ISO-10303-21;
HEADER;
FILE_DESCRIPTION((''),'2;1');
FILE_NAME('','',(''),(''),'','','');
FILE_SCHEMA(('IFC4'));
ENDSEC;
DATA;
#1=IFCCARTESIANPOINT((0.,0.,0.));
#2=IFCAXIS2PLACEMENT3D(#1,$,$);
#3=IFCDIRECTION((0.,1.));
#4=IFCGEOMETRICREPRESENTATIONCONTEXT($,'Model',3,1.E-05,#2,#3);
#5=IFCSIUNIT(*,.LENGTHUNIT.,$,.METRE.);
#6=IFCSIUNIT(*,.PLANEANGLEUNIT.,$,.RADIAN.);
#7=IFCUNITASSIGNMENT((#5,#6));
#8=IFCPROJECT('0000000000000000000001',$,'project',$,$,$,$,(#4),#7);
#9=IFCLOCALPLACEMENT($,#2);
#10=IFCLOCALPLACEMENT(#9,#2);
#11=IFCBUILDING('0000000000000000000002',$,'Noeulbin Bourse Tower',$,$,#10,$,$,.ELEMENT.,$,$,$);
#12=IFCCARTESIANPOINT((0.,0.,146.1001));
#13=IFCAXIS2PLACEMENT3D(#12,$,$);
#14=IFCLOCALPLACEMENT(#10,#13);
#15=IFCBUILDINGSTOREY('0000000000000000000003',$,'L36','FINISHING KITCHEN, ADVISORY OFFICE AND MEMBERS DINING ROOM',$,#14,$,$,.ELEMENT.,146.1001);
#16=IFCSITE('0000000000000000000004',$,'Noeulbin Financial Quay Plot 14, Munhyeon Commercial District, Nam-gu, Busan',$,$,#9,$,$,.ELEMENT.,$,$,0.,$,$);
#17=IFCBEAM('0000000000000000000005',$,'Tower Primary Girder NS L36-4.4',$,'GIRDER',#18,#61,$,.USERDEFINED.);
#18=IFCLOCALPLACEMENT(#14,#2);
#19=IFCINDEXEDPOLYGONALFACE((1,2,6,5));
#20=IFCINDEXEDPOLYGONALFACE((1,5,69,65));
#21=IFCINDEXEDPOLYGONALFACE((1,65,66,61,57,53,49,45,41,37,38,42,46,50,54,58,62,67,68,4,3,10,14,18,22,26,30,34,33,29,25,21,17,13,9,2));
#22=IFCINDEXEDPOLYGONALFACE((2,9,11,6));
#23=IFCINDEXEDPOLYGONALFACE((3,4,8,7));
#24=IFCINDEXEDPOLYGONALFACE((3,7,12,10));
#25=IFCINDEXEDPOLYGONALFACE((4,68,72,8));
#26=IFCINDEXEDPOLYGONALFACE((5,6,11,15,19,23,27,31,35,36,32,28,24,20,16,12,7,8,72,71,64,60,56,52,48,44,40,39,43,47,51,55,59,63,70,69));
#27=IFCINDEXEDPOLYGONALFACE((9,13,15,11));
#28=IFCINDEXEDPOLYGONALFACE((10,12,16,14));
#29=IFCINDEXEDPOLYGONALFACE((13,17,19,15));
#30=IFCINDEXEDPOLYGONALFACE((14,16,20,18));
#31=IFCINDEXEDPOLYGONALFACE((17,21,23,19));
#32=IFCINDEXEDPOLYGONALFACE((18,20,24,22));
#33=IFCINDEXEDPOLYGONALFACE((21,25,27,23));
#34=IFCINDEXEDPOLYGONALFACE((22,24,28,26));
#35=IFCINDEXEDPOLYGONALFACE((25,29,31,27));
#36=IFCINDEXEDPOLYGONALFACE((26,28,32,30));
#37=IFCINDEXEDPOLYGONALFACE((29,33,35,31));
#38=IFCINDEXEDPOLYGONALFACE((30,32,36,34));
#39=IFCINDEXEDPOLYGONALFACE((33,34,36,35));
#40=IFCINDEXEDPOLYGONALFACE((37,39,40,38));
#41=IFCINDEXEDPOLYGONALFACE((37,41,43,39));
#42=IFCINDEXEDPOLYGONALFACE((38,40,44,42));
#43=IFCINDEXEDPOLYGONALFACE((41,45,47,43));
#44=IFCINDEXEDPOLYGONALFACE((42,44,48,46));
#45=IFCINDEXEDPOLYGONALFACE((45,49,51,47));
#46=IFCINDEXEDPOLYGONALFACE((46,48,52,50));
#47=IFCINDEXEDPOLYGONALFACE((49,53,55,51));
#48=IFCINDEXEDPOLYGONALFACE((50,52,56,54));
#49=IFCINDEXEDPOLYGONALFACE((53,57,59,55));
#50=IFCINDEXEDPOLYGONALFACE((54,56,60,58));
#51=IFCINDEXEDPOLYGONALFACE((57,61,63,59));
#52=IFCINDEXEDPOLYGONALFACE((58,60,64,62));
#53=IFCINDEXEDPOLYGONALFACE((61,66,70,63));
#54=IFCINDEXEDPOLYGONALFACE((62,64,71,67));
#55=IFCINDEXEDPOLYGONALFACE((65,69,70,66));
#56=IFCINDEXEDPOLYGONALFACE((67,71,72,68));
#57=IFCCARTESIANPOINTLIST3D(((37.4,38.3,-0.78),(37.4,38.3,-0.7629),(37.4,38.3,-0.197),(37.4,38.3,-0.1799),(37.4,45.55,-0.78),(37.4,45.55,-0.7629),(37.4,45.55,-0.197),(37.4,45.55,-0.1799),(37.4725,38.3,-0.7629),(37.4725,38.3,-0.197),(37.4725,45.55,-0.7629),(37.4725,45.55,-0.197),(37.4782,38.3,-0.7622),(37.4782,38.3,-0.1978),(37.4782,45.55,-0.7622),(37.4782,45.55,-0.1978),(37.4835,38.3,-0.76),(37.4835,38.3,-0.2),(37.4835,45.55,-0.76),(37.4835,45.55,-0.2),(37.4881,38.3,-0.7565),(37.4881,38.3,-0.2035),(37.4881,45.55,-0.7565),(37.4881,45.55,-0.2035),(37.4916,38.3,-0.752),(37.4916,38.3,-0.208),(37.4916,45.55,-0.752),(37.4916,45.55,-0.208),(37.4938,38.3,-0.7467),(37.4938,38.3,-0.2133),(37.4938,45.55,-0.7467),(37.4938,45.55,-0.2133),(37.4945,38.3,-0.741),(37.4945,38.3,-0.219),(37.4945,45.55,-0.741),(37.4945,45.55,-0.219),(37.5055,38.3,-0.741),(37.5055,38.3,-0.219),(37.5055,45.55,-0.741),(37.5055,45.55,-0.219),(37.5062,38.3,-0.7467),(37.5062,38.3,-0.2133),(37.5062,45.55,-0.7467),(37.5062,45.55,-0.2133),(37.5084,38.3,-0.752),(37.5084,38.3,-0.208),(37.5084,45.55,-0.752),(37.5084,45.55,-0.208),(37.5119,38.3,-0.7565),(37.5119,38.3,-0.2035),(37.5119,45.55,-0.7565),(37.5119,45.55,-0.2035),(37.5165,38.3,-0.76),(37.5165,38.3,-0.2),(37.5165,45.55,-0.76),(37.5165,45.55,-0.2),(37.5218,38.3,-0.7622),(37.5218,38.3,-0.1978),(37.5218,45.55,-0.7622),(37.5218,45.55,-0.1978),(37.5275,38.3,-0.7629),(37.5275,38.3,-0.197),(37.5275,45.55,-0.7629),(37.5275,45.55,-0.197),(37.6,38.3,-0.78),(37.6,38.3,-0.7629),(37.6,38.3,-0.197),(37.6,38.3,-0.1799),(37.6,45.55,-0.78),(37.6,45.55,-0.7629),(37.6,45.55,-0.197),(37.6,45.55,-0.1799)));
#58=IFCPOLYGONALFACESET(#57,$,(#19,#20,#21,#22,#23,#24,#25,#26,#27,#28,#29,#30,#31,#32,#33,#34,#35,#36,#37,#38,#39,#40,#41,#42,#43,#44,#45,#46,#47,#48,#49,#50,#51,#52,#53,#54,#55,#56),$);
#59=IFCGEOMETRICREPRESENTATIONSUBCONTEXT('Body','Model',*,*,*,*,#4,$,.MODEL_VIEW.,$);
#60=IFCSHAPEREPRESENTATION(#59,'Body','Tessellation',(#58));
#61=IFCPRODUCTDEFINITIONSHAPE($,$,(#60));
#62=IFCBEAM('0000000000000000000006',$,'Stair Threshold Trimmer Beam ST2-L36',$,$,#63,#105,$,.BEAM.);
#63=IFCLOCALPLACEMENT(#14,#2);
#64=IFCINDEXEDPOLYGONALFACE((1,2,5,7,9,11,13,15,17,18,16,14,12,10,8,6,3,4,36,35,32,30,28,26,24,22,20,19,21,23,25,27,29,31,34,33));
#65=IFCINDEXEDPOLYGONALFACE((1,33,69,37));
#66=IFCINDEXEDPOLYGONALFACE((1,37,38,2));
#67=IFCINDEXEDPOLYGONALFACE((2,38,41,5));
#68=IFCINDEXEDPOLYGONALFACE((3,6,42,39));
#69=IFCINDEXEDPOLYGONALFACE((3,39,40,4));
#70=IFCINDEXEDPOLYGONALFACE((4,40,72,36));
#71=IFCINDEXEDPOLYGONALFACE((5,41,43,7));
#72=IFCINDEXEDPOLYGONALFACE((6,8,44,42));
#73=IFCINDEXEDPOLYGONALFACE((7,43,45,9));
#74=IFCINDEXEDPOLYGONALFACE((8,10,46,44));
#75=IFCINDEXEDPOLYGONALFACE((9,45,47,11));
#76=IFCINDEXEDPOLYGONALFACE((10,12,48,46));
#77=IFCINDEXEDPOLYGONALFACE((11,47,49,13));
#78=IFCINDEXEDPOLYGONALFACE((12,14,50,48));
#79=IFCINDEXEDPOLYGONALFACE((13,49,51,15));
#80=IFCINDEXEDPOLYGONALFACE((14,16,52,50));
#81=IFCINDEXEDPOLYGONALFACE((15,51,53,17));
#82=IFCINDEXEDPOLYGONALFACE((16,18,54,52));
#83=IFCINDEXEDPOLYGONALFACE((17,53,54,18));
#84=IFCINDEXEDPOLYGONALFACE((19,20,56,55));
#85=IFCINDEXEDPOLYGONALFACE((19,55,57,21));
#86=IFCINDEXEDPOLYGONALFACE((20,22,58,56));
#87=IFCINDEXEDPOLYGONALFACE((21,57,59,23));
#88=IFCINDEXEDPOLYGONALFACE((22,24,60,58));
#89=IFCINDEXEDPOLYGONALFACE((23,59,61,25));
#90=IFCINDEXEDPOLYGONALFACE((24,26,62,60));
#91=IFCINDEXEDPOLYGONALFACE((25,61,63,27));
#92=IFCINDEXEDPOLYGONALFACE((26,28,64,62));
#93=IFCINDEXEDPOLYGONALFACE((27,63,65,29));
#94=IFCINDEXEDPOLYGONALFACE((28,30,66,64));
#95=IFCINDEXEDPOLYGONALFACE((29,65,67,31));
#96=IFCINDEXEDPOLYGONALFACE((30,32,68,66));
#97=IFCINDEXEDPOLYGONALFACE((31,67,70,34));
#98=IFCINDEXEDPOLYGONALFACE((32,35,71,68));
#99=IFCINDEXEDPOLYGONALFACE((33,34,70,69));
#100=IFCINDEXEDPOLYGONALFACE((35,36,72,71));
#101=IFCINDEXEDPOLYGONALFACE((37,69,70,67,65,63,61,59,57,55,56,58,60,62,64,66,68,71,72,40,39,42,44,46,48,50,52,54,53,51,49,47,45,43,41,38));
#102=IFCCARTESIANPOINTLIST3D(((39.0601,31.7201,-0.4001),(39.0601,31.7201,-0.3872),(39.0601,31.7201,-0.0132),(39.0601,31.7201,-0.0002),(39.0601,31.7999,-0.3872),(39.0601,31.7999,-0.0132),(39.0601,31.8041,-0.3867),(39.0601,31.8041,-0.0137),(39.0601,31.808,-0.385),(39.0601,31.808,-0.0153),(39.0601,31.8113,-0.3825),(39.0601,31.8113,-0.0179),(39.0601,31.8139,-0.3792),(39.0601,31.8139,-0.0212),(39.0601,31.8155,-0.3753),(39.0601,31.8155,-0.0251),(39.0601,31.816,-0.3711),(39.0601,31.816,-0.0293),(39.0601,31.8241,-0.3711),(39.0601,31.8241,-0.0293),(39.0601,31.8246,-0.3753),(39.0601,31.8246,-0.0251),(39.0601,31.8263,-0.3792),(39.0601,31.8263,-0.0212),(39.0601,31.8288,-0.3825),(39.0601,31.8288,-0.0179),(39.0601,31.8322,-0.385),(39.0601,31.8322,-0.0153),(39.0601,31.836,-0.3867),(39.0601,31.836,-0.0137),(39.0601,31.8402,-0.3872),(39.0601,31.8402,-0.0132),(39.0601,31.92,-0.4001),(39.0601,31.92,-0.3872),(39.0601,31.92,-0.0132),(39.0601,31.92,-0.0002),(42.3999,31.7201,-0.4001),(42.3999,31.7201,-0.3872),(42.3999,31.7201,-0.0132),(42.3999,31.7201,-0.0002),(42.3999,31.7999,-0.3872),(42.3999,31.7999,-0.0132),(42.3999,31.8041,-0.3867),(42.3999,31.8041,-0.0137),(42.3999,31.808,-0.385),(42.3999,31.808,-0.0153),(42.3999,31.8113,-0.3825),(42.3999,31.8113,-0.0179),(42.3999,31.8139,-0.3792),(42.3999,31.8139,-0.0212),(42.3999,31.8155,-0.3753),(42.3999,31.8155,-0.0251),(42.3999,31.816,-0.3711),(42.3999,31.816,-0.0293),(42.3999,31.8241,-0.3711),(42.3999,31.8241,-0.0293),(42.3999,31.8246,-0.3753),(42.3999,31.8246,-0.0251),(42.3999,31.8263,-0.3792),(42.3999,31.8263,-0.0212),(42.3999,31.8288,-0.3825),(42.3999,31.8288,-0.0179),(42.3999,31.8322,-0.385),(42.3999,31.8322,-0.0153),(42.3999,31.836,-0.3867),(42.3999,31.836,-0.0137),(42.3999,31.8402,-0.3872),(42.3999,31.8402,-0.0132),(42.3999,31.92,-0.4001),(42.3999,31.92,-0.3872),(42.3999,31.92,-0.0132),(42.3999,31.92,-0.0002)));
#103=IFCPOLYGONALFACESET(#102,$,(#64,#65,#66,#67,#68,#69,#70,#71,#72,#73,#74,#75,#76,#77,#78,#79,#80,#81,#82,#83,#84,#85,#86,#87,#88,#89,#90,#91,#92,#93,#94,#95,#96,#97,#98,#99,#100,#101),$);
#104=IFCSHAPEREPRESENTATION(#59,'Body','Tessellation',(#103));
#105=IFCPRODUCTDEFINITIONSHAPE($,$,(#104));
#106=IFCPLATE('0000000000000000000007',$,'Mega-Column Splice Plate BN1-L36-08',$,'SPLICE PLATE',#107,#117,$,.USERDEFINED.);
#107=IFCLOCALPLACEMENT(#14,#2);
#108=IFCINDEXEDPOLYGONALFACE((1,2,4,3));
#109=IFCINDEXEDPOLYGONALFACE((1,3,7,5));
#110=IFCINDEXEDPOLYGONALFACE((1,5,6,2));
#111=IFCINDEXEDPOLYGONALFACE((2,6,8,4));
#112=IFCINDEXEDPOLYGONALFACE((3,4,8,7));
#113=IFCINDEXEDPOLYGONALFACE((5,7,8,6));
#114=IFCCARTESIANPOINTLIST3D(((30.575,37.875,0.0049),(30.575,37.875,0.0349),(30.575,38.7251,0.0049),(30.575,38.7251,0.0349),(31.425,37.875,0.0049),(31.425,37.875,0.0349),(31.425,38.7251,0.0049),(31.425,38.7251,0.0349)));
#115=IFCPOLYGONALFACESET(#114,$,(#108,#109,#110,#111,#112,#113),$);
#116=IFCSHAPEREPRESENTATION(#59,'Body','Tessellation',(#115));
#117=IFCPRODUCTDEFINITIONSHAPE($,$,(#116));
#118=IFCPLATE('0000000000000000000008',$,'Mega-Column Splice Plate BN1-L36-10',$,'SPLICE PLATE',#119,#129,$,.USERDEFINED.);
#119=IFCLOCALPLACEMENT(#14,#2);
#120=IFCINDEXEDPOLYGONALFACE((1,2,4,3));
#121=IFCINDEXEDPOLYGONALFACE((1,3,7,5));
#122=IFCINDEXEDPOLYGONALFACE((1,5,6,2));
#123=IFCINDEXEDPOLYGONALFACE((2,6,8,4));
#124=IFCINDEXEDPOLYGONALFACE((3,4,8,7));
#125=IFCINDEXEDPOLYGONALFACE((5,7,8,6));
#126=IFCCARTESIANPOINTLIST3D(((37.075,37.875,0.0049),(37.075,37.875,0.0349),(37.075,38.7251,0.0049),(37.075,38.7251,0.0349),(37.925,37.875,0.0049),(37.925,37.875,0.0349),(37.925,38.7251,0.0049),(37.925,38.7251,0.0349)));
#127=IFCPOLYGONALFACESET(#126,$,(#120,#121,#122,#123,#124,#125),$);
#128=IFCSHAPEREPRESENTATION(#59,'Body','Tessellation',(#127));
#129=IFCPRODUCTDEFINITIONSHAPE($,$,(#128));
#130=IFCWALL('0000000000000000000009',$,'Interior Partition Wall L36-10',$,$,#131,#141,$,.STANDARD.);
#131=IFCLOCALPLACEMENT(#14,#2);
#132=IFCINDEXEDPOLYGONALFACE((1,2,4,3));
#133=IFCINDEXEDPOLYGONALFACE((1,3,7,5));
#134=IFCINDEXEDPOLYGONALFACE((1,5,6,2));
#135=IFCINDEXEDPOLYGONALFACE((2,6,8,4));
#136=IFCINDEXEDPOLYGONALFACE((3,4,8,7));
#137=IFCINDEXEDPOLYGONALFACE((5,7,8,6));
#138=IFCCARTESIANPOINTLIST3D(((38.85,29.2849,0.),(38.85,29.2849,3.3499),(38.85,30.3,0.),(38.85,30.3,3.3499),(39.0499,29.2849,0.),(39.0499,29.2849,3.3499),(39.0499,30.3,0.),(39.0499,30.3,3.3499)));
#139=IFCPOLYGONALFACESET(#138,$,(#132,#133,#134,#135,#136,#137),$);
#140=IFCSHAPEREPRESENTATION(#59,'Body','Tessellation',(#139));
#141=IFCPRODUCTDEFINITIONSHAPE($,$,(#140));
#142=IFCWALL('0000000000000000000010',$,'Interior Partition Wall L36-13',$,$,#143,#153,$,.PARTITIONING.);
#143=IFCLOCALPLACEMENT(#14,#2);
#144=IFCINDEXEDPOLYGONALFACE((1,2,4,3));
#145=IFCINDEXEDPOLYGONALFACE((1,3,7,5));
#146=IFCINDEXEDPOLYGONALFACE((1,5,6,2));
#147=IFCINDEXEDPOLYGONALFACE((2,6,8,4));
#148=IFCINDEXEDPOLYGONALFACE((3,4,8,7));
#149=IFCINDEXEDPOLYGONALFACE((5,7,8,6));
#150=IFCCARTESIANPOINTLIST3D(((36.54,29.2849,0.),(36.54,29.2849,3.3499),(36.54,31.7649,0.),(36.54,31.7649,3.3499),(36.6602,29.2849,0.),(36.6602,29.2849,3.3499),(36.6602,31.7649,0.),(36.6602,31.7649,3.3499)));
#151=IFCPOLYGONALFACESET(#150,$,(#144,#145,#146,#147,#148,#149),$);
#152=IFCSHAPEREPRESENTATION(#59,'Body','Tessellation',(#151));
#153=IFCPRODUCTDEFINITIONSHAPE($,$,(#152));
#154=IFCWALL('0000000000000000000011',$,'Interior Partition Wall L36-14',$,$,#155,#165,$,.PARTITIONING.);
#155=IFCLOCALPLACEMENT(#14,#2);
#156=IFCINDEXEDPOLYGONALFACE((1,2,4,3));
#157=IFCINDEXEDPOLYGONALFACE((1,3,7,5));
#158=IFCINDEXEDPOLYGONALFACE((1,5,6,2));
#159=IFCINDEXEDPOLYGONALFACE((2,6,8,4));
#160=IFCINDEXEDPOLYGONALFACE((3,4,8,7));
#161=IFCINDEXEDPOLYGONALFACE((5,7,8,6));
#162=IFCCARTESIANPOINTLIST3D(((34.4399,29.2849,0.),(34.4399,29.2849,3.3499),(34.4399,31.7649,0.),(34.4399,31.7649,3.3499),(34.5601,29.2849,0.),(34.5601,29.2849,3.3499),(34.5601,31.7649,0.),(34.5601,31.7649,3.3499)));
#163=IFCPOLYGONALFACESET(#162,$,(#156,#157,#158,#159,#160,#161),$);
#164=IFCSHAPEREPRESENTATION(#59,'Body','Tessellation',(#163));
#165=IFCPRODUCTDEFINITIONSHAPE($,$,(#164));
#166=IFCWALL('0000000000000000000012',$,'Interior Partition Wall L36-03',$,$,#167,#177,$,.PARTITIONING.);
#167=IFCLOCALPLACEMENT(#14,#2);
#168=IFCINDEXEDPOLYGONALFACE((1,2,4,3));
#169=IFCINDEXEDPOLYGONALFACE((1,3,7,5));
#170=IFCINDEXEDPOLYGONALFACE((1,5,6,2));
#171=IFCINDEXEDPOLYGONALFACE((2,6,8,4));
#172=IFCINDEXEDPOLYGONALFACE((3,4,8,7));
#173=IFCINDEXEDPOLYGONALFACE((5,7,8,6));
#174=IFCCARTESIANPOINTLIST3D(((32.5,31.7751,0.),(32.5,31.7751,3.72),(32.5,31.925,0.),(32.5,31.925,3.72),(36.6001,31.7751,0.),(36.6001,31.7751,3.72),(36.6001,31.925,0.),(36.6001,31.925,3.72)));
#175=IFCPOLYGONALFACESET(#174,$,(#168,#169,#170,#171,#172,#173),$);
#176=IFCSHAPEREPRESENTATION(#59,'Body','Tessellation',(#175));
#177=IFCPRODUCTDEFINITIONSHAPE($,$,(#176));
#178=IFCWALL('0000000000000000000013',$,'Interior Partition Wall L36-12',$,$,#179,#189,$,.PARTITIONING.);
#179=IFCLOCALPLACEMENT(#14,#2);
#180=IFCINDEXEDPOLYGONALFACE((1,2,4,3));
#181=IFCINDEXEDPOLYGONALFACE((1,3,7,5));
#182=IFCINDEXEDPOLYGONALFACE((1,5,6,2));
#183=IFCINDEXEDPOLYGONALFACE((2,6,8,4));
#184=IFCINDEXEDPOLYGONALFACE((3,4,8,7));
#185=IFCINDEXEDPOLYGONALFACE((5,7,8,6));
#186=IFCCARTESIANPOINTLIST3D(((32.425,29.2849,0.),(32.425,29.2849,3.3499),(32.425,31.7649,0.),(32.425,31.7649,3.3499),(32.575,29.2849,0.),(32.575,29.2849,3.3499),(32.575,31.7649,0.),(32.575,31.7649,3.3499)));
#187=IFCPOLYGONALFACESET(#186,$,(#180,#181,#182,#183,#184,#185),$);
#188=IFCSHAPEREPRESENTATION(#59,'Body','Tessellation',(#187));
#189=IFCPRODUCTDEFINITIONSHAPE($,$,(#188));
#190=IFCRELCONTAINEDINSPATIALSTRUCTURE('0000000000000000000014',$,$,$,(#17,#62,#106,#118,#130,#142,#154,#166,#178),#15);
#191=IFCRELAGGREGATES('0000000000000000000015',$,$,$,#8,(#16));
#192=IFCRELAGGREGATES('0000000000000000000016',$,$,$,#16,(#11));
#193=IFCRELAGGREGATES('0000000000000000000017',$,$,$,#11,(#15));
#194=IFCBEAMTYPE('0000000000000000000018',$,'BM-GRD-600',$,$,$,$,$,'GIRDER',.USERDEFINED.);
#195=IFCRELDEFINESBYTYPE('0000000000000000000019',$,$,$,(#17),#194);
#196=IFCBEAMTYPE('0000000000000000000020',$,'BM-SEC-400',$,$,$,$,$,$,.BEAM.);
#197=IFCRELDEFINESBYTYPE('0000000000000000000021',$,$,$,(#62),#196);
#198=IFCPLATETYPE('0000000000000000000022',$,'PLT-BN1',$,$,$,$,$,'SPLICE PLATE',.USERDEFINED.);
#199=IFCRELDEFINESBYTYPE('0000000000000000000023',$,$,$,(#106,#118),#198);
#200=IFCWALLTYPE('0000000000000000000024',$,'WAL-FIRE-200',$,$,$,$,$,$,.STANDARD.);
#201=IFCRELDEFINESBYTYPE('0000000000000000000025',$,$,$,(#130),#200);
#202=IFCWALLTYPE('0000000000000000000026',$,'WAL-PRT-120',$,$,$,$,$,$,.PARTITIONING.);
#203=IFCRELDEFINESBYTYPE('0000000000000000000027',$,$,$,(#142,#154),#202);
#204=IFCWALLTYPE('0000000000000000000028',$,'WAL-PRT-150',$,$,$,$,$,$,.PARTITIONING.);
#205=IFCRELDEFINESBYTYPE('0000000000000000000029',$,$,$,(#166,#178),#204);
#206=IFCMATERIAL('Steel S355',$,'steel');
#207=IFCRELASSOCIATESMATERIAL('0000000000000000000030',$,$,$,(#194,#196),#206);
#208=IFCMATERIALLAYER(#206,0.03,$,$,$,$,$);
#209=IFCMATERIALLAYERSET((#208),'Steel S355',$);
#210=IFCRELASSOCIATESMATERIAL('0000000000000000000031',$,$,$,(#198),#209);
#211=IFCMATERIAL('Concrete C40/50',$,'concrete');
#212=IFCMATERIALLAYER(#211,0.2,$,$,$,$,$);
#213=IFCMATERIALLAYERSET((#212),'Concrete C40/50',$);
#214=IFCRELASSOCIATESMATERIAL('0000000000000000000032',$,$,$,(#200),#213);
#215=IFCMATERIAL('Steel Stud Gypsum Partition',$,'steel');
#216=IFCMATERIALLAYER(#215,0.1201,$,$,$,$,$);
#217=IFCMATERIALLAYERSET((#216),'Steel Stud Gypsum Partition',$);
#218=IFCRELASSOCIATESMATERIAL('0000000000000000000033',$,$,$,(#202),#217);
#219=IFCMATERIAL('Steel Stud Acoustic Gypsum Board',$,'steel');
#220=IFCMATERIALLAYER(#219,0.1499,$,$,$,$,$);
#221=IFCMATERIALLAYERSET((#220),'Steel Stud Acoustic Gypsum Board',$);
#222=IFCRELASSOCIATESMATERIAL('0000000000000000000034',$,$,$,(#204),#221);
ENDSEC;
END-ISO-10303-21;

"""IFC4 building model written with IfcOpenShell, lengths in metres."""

from ifc_helpers import new_model, si_unit, direction, frame, frame_2d, origin, origin_2d, place, context, subcontext, project, spatial, rectangle, i_section, extrude, material, layer, layer_set, material_profile, profile_set, type_object, element, save


model = new_model("IFC4")

# Units and contexts
model_context = context("Model", 3, precision=1e-05, world=origin(), true_north=direction((0.0, 1.0)))
body_context = subcontext(model_context, "Body", "Model", "MODEL_VIEW")
ifc_project = project(units=[si_unit("LENGTHUNIT", "METRE"), si_unit("PLANEANGLEUNIT", "RADIAN")], contexts=[model_context])

# Site, building, storey
site_placement = place(None, origin())
site = spatial("IfcSite", under=ifc_project, at=site_placement, Name="Noeulbin Financial Quay Plot 14, Munhyeon Commercial District, Nam-gu, Busan", CompositionType="ELEMENT", RefElevation=0.0)
building_placement = place(site_placement, origin())
building = spatial("IfcBuilding", under=site, at=building_placement, Name="Noeulbin Bourse Tower", CompositionType="ELEMENT")
storey_placement = place(building_placement, frame((0.0, 0.0, 146.1001)))
storey = spatial("IfcBuildingStorey", under=building, at=storey_placement, Name="L36", Description="FINISHING KITCHEN, ADVISORY OFFICE AND MEMBERS DINING ROOM", CompositionType="ELEMENT", Elevation=146.1001)

# Beams
ifc_material_1 = material(Name="Steel S355", Category="steel")
ifc_material_profile_1 = material_profile(ifc_material_1, i_section(OverallWidth=0.2, OverallDepth=0.6001, WebThickness=0.011, FlangeThickness=0.0171, FilletRadius=0.022, at=origin_2d()), Name="H-600x200x11x17", Category="LoadBearing")
ifc_profile_set_1 = profile_set([ifc_material_profile_1], Name="Steel S355")
beam_type_1 = type_object("IfcBeamType", Name="BM-GRD-600", ElementType="GIRDER", PredefinedType="USERDEFINED", material=ifc_profile_set_1)
for number, where, z_axis, x_axis, name in (
    (1, (37.5, 38.3, -0.48), (0.0, 1.0, 0.0), (-1.0, 0.0, 0.0), "Tower Primary Girder NS L36-4.4"),
):
    element("IfcBeam", number, at=place(storey_placement, frame(where, z_axis=z_axis, x_axis=x_axis)), inside=storey, type_object=beam_type_1, Name=name, ObjectType="GIRDER", PredefinedType="USERDEFINED", context=body_context, shape_type="SweptSolid", body=[
        extrude(i_section(OverallWidth=0.2, OverallDepth=0.6001, WebThickness=0.011, FlangeThickness=0.0171, FilletRadius=0.022, at=origin_2d()), origin(), (0.0, 0.0, 1.0), 7.25),
    ])
ifc_material_profile_2 = material_profile(ifc_material_1, i_section(OverallWidth=0.2, OverallDepth=0.3999, WebThickness=0.0081, FlangeThickness=0.0129, FilletRadius=0.0161, at=origin_2d()), Name="H-400x200x8x13", Category="LoadBearing")
ifc_profile_set_2 = profile_set([ifc_material_profile_2], Name="Steel S355")
beam_type_2 = type_object("IfcBeamType", Name="BM-SEC-400", PredefinedType="BEAM", material=ifc_profile_set_2)
beam_placement = place(storey_placement, frame((39.0601, 31.8201, -0.2002), z_axis=(1.0, 0.0, 0.0), x_axis=(0.0, 1.0, 0.0)))
element("IfcBeam", 2, at=beam_placement, inside=storey, type_object=beam_type_2, Name="Stair Threshold Trimmer Beam ST2-L36", PredefinedType="BEAM", context=body_context, shape_type="SweptSolid", body=[
    extrude(i_section(OverallWidth=0.2, OverallDepth=0.3999, WebThickness=0.0081, FlangeThickness=0.0129, FilletRadius=0.0161, at=origin_2d()), origin(), (0.0, 0.0, 1.0), 3.3398),
])

# Plates
ifc_layer_1 = layer(ifc_material_1, 0.03)
ifc_layer_set_1 = layer_set([ifc_layer_1], Name="Steel S355")
plate_type = type_object("IfcPlateType", Name="PLT-BN1", ElementType="SPLICE PLATE", PredefinedType="USERDEFINED", material=ifc_layer_set_1)
for number, where, z_axis, x_axis, name in (
    (3, (31.0, 38.3, 0.0049), (0.0, 0.0, 1.0), (1.0, 0.0, 0.0), "Mega-Column Splice Plate BN1-L36-08"),
    (4, (37.5, 38.3, 0.0049), (0.0, 0.0, 1.0), (1.0, 0.0, 0.0), "Mega-Column Splice Plate BN1-L36-10"),
):
    element("IfcPlate", number, at=place(storey_placement, frame(where, z_axis=z_axis, x_axis=x_axis)), inside=storey, type_object=plate_type, Name=name, ObjectType="SPLICE PLATE", PredefinedType="USERDEFINED", context=body_context, shape_type="SweptSolid", body=[
        extrude(rectangle(XDim=0.8501, YDim=0.8501, at=origin_2d()), origin(), (0.0, 0.0, 1.0), 0.03),
    ])

# Walls
ifc_material_2 = material(Name="Concrete C40/50", Category="concrete")
ifc_layer_2 = layer(ifc_material_2, 0.2)
ifc_layer_set_2 = layer_set([ifc_layer_2], Name="Concrete C40/50")
wall_type_1 = type_object("IfcWallType", Name="WAL-FIRE-200", PredefinedType="STANDARD", material=ifc_layer_set_2)
wall_1_placement = place(storey_placement, frame((38.95, 29.2849, 0.0), z_axis=(0.0, 0.0, 1.0), x_axis=(0.0, 1.0, 0.0)))
element("IfcWall", 5, at=wall_1_placement, inside=storey, type_object=wall_type_1, Name="Interior Partition Wall L36-10", PredefinedType="STANDARD", context=body_context, shape_type="SweptSolid", body=[
    extrude(rectangle(XDim=1.0151, YDim=0.2, at=frame_2d((0.5076, 0.0))), origin(), (0.0, 0.0, 1.0), 3.3499),
])
ifc_material_3 = material(Name="Steel Stud Gypsum Partition", Category="steel")
ifc_layer_3 = layer(ifc_material_3, 0.1201)
ifc_layer_set_3 = layer_set([ifc_layer_3], Name="Steel Stud Gypsum Partition")
wall_type_2 = type_object("IfcWallType", Name="WAL-PRT-120", PredefinedType="PARTITIONING", material=ifc_layer_set_3)
for number, where, z_axis, x_axis, name in (
    (6, (36.6001, 29.2849, 0.0), (0.0, 0.0, 1.0), (0.0, 1.0, 0.0), "Interior Partition Wall L36-13"),
    (7, (34.5, 29.2849, 0.0), (0.0, 0.0, 1.0), (0.0, 1.0, 0.0), "Interior Partition Wall L36-14"),
):
    element("IfcWall", number, at=place(storey_placement, frame(where, z_axis=z_axis, x_axis=x_axis)), inside=storey, type_object=wall_type_2, Name=name, PredefinedType="PARTITIONING", context=body_context, shape_type="SweptSolid", body=[
        extrude(rectangle(XDim=2.48, YDim=0.1201, at=frame_2d((1.24, 0.0))), origin(), (0.0, 0.0, 1.0), 3.3499),
    ])
ifc_material_4 = material(Name="Steel Stud Acoustic Gypsum Board", Category="steel")
ifc_layer_4 = layer(ifc_material_4, 0.1499)
ifc_layer_set_4 = layer_set([ifc_layer_4], Name="Steel Stud Acoustic Gypsum Board")
wall_type_3 = type_object("IfcWallType", Name="WAL-PRT-150", PredefinedType="PARTITIONING", material=ifc_layer_set_4)
wall_2_placement = place(storey_placement, frame((32.5, 31.8501, 0.0), z_axis=(0.0, 0.0, 1.0), x_axis=(1.0, 0.0, 0.0)))
element("IfcWall", 8, at=wall_2_placement, inside=storey, type_object=wall_type_3, Name="Interior Partition Wall L36-03", PredefinedType="PARTITIONING", context=body_context, shape_type="SweptSolid", body=[
    extrude(rectangle(XDim=4.1001, YDim=0.1499, at=frame_2d((2.05, 0.0))), origin(), (0.0, 0.0, 1.0), 3.72),
])
wall_3_placement = place(storey_placement, frame((32.5, 29.2849, 0.0), z_axis=(0.0, 0.0, 1.0), x_axis=(0.0, 1.0, 0.0)))
element("IfcWall", 9, at=wall_3_placement, inside=storey, type_object=wall_type_3, Name="Interior Partition Wall L36-12", PredefinedType="PARTITIONING", context=body_context, shape_type="SweptSolid", body=[
    extrude(rectangle(XDim=2.48, YDim=0.1499, at=frame_2d((1.24, 0.0))), origin(), (0.0, 0.0, 1.0), 3.3499),
])

save(model, "model.ifc")
